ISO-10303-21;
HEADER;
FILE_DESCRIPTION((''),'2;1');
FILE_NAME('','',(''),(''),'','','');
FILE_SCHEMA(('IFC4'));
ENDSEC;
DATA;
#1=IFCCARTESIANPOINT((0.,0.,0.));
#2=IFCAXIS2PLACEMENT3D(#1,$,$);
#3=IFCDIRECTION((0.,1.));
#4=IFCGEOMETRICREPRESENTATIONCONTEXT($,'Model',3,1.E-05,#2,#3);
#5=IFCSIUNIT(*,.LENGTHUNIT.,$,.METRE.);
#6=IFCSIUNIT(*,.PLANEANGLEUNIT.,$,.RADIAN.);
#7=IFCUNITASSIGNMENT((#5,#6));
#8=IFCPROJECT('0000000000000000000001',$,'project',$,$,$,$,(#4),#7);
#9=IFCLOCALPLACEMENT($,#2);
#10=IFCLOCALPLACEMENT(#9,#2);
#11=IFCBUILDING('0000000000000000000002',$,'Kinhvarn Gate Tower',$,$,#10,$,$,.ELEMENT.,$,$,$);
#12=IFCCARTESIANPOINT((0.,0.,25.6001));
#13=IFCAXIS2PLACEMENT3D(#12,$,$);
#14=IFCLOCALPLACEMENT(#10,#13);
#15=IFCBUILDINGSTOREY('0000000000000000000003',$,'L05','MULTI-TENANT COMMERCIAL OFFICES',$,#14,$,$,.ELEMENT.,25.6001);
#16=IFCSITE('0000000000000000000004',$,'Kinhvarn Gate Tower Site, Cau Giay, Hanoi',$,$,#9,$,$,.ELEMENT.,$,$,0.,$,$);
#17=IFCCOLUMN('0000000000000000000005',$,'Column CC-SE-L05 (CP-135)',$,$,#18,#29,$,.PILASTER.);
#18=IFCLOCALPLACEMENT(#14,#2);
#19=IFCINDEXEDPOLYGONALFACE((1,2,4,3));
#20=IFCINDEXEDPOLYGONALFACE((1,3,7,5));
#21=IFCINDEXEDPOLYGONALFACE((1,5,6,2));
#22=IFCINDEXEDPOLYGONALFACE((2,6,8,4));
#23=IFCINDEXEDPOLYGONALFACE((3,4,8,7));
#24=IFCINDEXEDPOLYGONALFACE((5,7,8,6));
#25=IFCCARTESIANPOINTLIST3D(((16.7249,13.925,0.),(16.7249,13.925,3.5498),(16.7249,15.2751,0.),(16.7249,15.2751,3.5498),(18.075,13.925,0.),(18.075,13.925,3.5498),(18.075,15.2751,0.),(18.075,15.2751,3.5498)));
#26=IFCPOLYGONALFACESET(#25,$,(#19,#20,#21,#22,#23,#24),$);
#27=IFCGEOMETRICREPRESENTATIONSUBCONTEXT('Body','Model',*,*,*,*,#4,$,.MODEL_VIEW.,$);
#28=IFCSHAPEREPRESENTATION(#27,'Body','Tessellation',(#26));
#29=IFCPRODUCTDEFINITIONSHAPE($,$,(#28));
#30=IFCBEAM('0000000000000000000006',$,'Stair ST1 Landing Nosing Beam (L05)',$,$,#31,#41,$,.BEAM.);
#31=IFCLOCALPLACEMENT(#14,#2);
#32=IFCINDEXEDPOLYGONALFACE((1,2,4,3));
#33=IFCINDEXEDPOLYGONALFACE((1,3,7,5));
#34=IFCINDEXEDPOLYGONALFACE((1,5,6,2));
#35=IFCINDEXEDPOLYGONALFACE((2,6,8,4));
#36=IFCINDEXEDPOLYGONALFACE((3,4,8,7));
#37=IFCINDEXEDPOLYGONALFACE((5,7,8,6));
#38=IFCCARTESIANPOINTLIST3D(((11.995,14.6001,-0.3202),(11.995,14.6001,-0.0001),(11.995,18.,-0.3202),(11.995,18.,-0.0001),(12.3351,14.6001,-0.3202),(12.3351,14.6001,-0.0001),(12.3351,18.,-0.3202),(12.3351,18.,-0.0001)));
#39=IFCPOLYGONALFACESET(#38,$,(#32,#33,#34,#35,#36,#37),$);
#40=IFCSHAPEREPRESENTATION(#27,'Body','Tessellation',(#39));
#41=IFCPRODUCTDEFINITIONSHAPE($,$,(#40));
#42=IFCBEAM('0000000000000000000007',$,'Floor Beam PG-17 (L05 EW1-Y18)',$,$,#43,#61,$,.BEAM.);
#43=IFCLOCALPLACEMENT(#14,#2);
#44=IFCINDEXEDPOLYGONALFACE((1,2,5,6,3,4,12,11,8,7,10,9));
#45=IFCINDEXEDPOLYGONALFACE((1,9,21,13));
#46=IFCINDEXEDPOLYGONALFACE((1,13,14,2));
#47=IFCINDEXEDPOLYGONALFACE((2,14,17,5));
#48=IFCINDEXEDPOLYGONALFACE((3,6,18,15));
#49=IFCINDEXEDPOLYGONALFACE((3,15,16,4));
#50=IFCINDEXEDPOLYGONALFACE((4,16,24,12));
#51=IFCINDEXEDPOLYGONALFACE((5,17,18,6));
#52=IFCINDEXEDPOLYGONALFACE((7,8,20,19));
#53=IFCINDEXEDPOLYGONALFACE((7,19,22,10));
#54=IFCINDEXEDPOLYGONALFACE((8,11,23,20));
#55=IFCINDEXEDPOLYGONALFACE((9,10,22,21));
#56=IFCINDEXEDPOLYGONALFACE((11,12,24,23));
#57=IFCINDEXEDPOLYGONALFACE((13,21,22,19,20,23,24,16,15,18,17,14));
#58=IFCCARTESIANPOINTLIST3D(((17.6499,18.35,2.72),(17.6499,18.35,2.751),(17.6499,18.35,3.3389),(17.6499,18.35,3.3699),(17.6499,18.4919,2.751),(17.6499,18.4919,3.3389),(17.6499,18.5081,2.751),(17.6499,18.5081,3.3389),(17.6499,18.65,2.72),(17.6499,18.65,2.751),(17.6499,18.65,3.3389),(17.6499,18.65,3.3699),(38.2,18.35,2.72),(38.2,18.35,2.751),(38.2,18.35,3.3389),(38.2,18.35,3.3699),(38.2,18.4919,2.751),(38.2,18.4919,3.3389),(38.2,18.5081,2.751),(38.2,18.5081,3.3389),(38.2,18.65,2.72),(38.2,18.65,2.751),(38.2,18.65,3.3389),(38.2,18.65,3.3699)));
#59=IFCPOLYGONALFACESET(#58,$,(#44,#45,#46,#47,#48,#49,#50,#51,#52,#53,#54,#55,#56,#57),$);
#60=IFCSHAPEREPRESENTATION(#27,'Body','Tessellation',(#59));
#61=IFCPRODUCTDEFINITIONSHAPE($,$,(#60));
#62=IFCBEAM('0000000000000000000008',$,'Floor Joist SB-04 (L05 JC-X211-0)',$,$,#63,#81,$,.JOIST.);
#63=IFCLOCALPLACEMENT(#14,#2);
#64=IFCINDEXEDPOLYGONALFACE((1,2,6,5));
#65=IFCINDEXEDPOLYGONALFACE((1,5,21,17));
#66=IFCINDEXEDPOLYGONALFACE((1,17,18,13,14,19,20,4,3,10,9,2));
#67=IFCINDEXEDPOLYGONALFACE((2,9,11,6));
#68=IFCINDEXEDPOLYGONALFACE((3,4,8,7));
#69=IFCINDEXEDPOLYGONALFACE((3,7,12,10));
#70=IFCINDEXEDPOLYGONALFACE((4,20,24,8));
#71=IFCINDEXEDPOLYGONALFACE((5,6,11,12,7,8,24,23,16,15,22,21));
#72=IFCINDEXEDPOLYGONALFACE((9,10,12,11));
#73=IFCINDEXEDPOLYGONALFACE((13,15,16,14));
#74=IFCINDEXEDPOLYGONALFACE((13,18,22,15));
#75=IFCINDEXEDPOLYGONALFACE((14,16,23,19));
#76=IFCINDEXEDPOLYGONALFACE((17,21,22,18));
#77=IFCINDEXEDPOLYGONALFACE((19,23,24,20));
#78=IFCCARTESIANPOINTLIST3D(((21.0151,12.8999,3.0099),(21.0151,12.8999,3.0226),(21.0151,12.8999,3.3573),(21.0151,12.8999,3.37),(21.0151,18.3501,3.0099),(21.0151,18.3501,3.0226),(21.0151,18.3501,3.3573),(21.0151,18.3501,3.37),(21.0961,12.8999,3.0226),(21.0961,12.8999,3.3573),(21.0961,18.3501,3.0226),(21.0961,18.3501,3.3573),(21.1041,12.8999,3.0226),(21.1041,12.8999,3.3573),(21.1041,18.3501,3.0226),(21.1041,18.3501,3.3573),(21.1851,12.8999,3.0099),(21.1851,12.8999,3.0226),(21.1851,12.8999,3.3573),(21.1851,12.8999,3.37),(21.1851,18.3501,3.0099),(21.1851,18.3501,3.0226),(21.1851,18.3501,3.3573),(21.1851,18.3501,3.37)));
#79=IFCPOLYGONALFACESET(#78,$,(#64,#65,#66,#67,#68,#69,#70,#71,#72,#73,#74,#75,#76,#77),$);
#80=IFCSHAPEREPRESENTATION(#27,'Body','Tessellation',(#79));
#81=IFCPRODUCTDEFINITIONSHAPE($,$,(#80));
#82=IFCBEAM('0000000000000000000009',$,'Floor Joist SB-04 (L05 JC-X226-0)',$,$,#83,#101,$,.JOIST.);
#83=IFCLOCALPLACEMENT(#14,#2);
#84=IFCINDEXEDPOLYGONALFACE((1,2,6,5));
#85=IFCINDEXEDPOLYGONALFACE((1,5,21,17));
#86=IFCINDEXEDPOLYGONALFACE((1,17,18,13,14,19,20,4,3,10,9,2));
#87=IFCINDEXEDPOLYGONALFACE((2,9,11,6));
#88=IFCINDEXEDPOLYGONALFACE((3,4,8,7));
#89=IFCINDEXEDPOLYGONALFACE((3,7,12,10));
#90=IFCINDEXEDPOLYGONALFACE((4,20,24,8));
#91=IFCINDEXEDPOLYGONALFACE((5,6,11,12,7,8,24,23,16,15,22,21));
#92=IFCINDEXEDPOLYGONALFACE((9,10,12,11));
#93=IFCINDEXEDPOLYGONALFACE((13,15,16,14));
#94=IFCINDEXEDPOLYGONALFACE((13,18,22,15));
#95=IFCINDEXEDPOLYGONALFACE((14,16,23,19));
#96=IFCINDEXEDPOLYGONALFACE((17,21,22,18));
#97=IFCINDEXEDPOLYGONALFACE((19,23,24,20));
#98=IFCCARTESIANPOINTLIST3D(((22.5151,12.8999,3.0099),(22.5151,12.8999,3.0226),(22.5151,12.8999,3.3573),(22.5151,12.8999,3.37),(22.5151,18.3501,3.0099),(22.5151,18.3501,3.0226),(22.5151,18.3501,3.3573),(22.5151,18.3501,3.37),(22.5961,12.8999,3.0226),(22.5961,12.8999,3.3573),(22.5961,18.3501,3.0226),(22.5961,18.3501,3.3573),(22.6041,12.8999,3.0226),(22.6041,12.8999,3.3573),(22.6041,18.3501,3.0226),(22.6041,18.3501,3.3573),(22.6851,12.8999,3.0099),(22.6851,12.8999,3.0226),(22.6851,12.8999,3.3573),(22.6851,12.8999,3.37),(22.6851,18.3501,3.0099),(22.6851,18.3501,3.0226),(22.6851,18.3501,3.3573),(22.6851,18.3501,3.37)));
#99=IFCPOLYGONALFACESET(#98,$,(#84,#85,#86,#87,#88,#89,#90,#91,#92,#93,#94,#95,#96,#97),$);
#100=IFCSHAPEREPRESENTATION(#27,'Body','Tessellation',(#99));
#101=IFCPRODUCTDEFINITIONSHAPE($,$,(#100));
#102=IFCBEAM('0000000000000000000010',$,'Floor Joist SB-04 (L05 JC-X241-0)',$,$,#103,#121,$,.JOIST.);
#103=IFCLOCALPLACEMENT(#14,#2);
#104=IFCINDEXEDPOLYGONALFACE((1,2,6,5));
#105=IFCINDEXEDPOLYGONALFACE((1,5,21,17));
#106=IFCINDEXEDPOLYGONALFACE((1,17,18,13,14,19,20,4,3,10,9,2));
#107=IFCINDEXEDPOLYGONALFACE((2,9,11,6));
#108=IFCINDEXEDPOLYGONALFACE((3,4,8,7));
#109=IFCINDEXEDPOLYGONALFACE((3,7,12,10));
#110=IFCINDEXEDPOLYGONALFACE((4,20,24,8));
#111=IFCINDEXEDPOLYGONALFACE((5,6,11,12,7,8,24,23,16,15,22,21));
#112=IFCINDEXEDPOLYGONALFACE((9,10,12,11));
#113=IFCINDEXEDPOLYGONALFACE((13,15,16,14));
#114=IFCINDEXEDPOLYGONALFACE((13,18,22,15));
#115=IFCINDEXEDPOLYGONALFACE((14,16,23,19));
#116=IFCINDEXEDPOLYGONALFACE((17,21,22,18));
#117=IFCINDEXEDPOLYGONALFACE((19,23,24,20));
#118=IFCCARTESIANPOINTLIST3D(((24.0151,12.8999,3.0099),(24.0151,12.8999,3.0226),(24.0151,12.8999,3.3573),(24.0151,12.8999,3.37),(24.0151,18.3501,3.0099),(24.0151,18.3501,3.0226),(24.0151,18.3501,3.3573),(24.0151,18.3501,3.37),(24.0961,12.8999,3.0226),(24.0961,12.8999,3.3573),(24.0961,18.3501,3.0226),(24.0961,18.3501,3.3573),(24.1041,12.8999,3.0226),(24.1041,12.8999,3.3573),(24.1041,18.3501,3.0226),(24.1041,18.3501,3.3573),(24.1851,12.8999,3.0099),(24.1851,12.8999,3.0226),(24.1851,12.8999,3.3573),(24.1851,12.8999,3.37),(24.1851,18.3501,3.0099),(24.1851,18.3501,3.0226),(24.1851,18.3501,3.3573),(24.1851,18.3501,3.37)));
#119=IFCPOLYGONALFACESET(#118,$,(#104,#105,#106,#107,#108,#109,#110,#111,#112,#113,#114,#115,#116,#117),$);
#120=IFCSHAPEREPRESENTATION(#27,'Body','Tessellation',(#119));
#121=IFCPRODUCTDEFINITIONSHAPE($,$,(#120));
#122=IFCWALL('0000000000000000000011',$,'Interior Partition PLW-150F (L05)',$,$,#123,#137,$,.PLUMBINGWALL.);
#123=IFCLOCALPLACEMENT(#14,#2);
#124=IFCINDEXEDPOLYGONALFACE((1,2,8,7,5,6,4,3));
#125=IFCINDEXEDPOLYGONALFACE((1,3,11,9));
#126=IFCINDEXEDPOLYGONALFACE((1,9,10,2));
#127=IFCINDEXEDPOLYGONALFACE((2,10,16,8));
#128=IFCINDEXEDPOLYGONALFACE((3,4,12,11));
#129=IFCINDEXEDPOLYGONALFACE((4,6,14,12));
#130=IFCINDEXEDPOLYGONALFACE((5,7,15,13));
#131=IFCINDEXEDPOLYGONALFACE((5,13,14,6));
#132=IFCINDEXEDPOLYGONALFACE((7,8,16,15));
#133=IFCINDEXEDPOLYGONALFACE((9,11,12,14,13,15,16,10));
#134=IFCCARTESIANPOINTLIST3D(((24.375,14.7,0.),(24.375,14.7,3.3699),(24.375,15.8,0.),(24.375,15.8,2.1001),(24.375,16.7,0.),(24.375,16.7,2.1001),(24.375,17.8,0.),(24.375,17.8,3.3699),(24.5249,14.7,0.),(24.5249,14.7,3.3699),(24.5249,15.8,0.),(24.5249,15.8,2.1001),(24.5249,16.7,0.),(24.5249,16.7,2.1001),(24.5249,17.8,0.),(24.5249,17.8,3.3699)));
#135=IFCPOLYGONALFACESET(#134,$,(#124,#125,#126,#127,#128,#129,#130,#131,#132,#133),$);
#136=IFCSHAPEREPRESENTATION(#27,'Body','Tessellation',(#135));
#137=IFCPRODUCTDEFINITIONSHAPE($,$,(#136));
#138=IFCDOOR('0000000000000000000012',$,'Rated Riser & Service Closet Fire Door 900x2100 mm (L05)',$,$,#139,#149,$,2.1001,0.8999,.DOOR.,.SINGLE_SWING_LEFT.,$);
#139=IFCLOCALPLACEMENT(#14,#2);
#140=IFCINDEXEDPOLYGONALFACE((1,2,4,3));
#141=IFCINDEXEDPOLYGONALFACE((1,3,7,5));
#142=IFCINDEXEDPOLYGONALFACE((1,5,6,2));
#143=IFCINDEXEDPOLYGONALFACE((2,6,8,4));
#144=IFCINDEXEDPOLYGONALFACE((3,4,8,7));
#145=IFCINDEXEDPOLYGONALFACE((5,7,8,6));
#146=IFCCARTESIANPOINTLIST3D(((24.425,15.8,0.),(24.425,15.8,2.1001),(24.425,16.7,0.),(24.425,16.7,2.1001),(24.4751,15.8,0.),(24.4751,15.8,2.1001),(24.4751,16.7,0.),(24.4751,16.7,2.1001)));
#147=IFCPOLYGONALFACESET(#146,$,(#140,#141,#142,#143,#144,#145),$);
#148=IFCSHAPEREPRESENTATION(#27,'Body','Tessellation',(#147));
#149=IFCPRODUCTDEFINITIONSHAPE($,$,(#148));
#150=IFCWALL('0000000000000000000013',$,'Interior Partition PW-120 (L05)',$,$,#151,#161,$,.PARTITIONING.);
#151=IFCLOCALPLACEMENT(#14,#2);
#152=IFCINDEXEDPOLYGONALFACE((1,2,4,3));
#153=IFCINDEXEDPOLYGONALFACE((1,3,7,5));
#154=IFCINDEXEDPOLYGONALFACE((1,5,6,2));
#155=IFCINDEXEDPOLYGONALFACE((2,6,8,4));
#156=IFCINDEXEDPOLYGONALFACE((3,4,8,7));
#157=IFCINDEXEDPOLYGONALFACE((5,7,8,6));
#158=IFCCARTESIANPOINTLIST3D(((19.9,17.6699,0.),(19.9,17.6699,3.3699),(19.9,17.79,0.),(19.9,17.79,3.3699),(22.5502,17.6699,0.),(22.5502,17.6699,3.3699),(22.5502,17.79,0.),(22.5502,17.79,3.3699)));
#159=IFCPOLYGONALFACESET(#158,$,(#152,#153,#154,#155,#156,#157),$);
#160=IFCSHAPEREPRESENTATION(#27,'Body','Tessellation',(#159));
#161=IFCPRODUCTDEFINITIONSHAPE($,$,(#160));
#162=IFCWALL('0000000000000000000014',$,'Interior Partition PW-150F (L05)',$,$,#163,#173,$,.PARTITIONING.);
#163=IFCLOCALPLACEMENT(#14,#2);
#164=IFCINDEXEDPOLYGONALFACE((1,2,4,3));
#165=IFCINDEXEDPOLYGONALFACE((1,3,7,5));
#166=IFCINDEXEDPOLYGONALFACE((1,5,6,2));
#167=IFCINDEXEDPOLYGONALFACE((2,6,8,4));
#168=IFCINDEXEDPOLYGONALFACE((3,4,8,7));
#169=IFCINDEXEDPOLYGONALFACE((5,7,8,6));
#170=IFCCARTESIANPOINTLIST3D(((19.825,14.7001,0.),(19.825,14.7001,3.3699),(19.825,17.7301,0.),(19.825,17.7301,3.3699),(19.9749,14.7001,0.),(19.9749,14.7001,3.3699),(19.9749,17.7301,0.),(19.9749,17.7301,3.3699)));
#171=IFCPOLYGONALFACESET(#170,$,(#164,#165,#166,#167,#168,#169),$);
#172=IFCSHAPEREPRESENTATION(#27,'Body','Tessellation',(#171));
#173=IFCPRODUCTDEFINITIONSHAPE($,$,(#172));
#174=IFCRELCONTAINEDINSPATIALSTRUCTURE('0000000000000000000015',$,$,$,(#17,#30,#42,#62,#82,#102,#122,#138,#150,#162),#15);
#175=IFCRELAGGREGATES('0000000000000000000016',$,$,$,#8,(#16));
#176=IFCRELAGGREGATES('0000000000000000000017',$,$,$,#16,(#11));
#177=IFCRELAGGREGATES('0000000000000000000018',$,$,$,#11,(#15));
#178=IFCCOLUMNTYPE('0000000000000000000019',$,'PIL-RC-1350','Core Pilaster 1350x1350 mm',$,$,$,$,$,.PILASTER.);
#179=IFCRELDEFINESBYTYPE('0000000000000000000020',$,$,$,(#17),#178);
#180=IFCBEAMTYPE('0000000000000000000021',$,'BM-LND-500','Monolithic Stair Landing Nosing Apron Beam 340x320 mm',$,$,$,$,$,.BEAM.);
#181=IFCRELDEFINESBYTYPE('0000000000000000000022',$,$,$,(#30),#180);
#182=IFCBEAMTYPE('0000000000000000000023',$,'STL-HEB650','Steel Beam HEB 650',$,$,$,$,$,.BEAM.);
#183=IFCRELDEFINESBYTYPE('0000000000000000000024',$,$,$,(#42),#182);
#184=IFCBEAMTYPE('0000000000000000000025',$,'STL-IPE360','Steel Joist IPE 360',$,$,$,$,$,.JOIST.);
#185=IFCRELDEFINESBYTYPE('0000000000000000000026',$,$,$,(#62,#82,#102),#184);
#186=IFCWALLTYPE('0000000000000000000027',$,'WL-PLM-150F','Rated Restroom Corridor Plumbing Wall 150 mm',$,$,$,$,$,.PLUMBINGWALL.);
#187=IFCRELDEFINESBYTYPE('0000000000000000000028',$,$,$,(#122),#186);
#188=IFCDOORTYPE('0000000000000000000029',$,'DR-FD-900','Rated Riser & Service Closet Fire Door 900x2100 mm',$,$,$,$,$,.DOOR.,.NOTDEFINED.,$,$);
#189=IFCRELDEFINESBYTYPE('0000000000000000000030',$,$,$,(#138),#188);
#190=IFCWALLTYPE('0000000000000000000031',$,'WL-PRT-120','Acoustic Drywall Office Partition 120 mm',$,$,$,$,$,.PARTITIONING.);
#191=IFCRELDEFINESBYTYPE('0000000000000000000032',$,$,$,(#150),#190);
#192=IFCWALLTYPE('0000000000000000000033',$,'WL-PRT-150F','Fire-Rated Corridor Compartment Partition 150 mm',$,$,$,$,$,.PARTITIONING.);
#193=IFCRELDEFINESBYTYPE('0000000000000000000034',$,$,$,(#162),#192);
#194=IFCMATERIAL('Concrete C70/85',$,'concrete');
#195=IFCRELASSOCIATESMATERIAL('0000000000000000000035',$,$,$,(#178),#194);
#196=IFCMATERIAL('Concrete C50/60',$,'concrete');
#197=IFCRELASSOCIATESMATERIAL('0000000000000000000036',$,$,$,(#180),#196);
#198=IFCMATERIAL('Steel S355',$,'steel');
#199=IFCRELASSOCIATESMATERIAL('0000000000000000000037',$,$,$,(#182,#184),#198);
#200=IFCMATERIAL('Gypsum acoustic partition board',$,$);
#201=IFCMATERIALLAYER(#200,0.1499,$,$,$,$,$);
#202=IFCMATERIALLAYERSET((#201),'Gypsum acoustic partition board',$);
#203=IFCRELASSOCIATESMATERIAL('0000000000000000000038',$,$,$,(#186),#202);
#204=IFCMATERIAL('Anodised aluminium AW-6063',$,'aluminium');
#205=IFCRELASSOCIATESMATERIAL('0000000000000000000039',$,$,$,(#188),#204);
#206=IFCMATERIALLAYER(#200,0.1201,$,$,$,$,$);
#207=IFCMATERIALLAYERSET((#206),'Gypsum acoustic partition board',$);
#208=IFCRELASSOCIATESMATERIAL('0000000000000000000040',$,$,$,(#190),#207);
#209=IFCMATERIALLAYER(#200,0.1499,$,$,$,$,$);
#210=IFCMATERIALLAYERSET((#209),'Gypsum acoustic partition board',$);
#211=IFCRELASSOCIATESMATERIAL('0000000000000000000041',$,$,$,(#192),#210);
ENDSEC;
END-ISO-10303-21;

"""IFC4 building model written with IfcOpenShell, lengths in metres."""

from ifc_helpers import new_model, si_unit, direction, frame, frame_2d, origin, origin_2d, place, context, subcontext, project, spatial, rectangle, i_section, extrude, material, layer, layer_set, material_profile, profile_set, type_object, element, fill, save


model = new_model("IFC4")

# Units and contexts
model_context = context("Model", 3, precision=1e-05, world=origin(), true_north=direction((0.0, 1.0)))
body_context = subcontext(model_context, "Body", "Model", "MODEL_VIEW")
ifc_project = project(units=[si_unit("LENGTHUNIT", "METRE"), si_unit("PLANEANGLEUNIT", "RADIAN")], contexts=[model_context])

# Site, building, storey
site_placement = place(None, origin())
site = spatial("IfcSite", under=ifc_project, at=site_placement, Name="Kinhvarn Gate Tower Site, Cau Giay, Hanoi", CompositionType="ELEMENT", RefElevation=0.0)
building_placement = place(site_placement, origin())
building = spatial("IfcBuilding", under=site, at=building_placement, Name="Kinhvarn Gate Tower", CompositionType="ELEMENT")
storey_placement = place(building_placement, frame((0.0, 0.0, 25.6001)))
storey = spatial("IfcBuildingStorey", under=building, at=storey_placement, Name="L05", Description="MULTI-TENANT COMMERCIAL OFFICES", CompositionType="ELEMENT", Elevation=25.6001)

# Column
ifc_material_1 = material(Name="Concrete C70/85", Category="concrete")
ifc_material_profile_1 = material_profile(ifc_material_1, rectangle(XDim=1.3501, YDim=1.3501, at=origin_2d()), Name="RC 1350x1350")
ifc_profile_set_1 = profile_set([ifc_material_profile_1], Name="Concrete C70/85")
column_type = type_object("IfcColumnType", Name="PIL-RC-1350", Description="Core Pilaster 1350x1350 mm", PredefinedType="PILASTER", material=ifc_profile_set_1)
column_placement = place(storey_placement, frame((17.3999, 14.6001, 0.0), z_axis=(0.0, 0.0, 1.0), x_axis=(1.0, 0.0, 0.0)))
element("IfcColumn", 1, at=column_placement, inside=storey, type_object=column_type, Name="Column CC-SE-L05 (CP-135)", PredefinedType="PILASTER", context=body_context, shape_type="SweptSolid", body=[
    extrude(rectangle(XDim=1.3501, YDim=1.3501, at=origin_2d()), origin(), (0.0, 0.0, 1.0), 3.5498),
])

# Beams
ifc_material_2 = material(Name="Concrete C50/60", Category="concrete")
ifc_material_profile_2 = material_profile(ifc_material_2, rectangle(XDim=0.3401, YDim=0.3201, at=origin_2d()), Name="RC 340x320")
ifc_profile_set_2 = profile_set([ifc_material_profile_2], Name="Concrete C50/60")
beam_type_1 = type_object("IfcBeamType", Name="BM-LND-500", Description="Monolithic Stair Landing Nosing Apron Beam 340x320 mm", PredefinedType="BEAM", material=ifc_profile_set_2)
beam_1_placement = place(storey_placement, frame((12.165, 14.6001, -0.1602), z_axis=(0.0, 1.0, 0.0), x_axis=(-1.0, 0.0, 0.0)))
element("IfcBeam", 2, at=beam_1_placement, inside=storey, type_object=beam_type_1, Name="Stair ST1 Landing Nosing Beam (L05)", PredefinedType="BEAM", context=body_context, shape_type="SweptSolid", body=[
    extrude(rectangle(XDim=0.3401, YDim=0.3201, at=origin_2d()), origin(), (0.0, 0.0, 1.0), 3.3999),
])
ifc_material_3 = material(Name="Steel S355", Category="steel")
ifc_material_profile_3 = material_profile(ifc_material_3, i_section(OverallWidth=0.3, OverallDepth=0.6499, WebThickness=0.0161, FlangeThickness=0.031, at=origin_2d()), Name="HEB 650")
ifc_profile_set_3 = profile_set([ifc_material_profile_3], Name="Steel S355")
beam_type_2 = type_object("IfcBeamType", Name="STL-HEB650", Description="Steel Beam HEB 650", PredefinedType="BEAM", material=ifc_profile_set_3)
beam_2_placement = place(storey_placement, frame((17.6499, 18.5, 3.0449), z_axis=(1.0, 0.0, 0.0), x_axis=(0.0, 1.0, 0.0)))
element("IfcBeam", 3, at=beam_2_placement, inside=storey, type_object=beam_type_2, Name="Floor Beam PG-17 (L05 EW1-Y18)", PredefinedType="BEAM", context=body_context, shape_type="SweptSolid", body=[
    extrude(i_section(OverallWidth=0.3, OverallDepth=0.6499, WebThickness=0.0161, FlangeThickness=0.031, at=origin_2d()), origin(), (0.0, 0.0, 1.0), 20.55),
])
ifc_material_profile_4 = material_profile(ifc_material_3, i_section(OverallWidth=0.1699, OverallDepth=0.3601, WebThickness=0.0081, FlangeThickness=0.0127, at=origin_2d()), Name="IPE 360")
ifc_profile_set_4 = profile_set([ifc_material_profile_4], Name="Steel S355")
beam_type_3 = type_object("IfcBeamType", Name="STL-IPE360", Description="Steel Joist IPE 360", PredefinedType="JOIST", material=ifc_profile_set_4)
for number, where, z_axis, x_axis, name in (
    (4, (21.1001, 12.8999, 3.1899), (0.0, 1.0, 0.0), (-1.0, 0.0, 0.0), "Floor Joist SB-04 (L05 JC-X211-0)"),
    (5, (22.6001, 12.8999, 3.1899), (0.0, 1.0, 0.0), (-1.0, 0.0, 0.0), "Floor Joist SB-04 (L05 JC-X226-0)"),
    (6, (24.1001, 12.8999, 3.1899), (0.0, 1.0, 0.0), (-1.0, 0.0, 0.0), "Floor Joist SB-04 (L05 JC-X241-0)"),
):
    element("IfcBeam", number, at=place(storey_placement, frame(where, z_axis=z_axis, x_axis=x_axis)), inside=storey, type_object=beam_type_3, Name=name, PredefinedType="JOIST", context=body_context, shape_type="SweptSolid", body=[
        extrude(i_section(OverallWidth=0.1699, OverallDepth=0.3601, WebThickness=0.0081, FlangeThickness=0.0127, at=origin_2d()), origin(), (0.0, 0.0, 1.0), 5.4502),
    ])

# Wall, opening, door
ifc_material_4 = material(Name="Anodised aluminium AW-6063", Category="aluminium")
ifc_material_5 = material(Name="Gypsum acoustic partition board")
ifc_layer_1 = layer(ifc_material_5, 0.1499)
ifc_layer_set_1 = layer_set([ifc_layer_1], Name="Gypsum acoustic partition board")
wall_type_1 = type_object("IfcWallType", Name="WL-PLM-150F", Description="Rated Restroom Corridor Plumbing Wall 150 mm", PredefinedType="PLUMBINGWALL", material=ifc_layer_set_1)
wall_1_placement = place(storey_placement, frame((24.45, 14.7, 0.0), z_axis=(0.0, 0.0, 1.0), x_axis=(0.0, 1.0, 0.0)))
wall_1 = element("IfcWall", 7, at=wall_1_placement, inside=storey, type_object=wall_type_1, Name="Interior Partition PLW-150F (L05)", PredefinedType="PLUMBINGWALL", context=body_context, shape_type="SweptSolid", body=[
    extrude(rectangle(XDim=3.1001, YDim=0.1499, at=frame_2d((1.55, 0.0))), origin(), (0.0, 0.0, 1.0), 3.3699),
])
opening_1_placement = place(wall_1_placement, frame((1.1001, 0.0, 0.0)))
opening_1 = element("IfcOpeningElement", 8, at=opening_1_placement, cuts=wall_1, PredefinedType="OPENING", context=body_context, shape_type="SweptSolid", body=[
    extrude(rectangle(XDim=0.8999, YDim=2.1001, at=frame_2d((0.45, 1.05))), frame((0.0, 0.085, 0.0), z_axis=(0.0, -1.0, 0.0), x_axis=(1.0, 0.0, 0.0)), (0.0, 0.0, 1.0), 0.1699),
])
door_type_1 = type_object("IfcDoorType", Name="DR-FD-900", Description="Rated Riser & Service Closet Fire Door 900x2100 mm", OperationType="NOTDEFINED", PredefinedType="DOOR", material=ifc_material_4)
door_1_placement = place(opening_1_placement, origin())
door_1 = element("IfcDoor", 9, at=door_1_placement, inside=storey, type_object=door_type_1, Name="Rated Riser & Service Closet Fire Door 900x2100 mm (L05)", OperationType="SINGLE_SWING_LEFT", OverallHeight=2.1001, OverallWidth=0.8999, PredefinedType="DOOR", context=body_context, shape_type="SweptSolid", body=[
    extrude(rectangle(XDim=0.8999, YDim=2.1001, at=frame_2d((0.45, 1.05))), frame((0.0, 0.0249, 0.0), z_axis=(0.0, -1.0, 0.0), x_axis=(1.0, 0.0, 0.0)), (0.0, 0.0, 1.0), 0.05),
])
fill(opening_1, door_1)

# Wall
ifc_layer_2 = layer(ifc_material_5, 0.1201)
ifc_layer_set_2 = layer_set([ifc_layer_2], Name="Gypsum acoustic partition board")
wall_type_2 = type_object("IfcWallType", Name="WL-PRT-120", Description="Acoustic Drywall Office Partition 120 mm", PredefinedType="PARTITIONING", material=ifc_layer_set_2)
wall_2_placement = place(storey_placement, frame((19.8999, 17.73, 0.0), z_axis=(0.0, 0.0, 1.0), x_axis=(1.0, 0.0, 0.0)))
element("IfcWall", 10, at=wall_2_placement, inside=storey, type_object=wall_type_2, Name="Interior Partition PW-120 (L05)", PredefinedType="PARTITIONING", context=body_context, shape_type="SweptSolid", body=[
    extrude(rectangle(XDim=2.6501, YDim=0.1201, at=frame_2d((1.3252, 0.0))), origin(), (0.0, 0.0, 1.0), 3.3699),
])

# Shared definitions
ifc_layer_3 = layer(ifc_material_5, 0.1499)
ifc_layer_set_3 = layer_set([ifc_layer_3], Name="Gypsum acoustic partition board")
wall_type_3 = type_object("IfcWallType", Name="WL-PRT-150F", Description="Fire-Rated Corridor Compartment Partition 150 mm", PredefinedType="PARTITIONING", material=ifc_layer_set_3)

# Wall
wall_3_placement = place(storey_placement, frame((19.8999, 14.7, 0.0), z_axis=(0.0, 0.0, 1.0), x_axis=(0.0, 1.0, 0.0)))
element("IfcWall", 11, at=wall_3_placement, inside=storey, type_object=wall_type_3, Name="Interior Partition PW-150F (L05)", PredefinedType="PARTITIONING", context=body_context, shape_type="SweptSolid", body=[
    extrude(rectangle(XDim=3.03, YDim=0.1499, at=frame_2d((1.5151, 0.0))), origin(), (0.0, 0.0, 1.0), 3.3699),
])

save(model, "model.ifc")
